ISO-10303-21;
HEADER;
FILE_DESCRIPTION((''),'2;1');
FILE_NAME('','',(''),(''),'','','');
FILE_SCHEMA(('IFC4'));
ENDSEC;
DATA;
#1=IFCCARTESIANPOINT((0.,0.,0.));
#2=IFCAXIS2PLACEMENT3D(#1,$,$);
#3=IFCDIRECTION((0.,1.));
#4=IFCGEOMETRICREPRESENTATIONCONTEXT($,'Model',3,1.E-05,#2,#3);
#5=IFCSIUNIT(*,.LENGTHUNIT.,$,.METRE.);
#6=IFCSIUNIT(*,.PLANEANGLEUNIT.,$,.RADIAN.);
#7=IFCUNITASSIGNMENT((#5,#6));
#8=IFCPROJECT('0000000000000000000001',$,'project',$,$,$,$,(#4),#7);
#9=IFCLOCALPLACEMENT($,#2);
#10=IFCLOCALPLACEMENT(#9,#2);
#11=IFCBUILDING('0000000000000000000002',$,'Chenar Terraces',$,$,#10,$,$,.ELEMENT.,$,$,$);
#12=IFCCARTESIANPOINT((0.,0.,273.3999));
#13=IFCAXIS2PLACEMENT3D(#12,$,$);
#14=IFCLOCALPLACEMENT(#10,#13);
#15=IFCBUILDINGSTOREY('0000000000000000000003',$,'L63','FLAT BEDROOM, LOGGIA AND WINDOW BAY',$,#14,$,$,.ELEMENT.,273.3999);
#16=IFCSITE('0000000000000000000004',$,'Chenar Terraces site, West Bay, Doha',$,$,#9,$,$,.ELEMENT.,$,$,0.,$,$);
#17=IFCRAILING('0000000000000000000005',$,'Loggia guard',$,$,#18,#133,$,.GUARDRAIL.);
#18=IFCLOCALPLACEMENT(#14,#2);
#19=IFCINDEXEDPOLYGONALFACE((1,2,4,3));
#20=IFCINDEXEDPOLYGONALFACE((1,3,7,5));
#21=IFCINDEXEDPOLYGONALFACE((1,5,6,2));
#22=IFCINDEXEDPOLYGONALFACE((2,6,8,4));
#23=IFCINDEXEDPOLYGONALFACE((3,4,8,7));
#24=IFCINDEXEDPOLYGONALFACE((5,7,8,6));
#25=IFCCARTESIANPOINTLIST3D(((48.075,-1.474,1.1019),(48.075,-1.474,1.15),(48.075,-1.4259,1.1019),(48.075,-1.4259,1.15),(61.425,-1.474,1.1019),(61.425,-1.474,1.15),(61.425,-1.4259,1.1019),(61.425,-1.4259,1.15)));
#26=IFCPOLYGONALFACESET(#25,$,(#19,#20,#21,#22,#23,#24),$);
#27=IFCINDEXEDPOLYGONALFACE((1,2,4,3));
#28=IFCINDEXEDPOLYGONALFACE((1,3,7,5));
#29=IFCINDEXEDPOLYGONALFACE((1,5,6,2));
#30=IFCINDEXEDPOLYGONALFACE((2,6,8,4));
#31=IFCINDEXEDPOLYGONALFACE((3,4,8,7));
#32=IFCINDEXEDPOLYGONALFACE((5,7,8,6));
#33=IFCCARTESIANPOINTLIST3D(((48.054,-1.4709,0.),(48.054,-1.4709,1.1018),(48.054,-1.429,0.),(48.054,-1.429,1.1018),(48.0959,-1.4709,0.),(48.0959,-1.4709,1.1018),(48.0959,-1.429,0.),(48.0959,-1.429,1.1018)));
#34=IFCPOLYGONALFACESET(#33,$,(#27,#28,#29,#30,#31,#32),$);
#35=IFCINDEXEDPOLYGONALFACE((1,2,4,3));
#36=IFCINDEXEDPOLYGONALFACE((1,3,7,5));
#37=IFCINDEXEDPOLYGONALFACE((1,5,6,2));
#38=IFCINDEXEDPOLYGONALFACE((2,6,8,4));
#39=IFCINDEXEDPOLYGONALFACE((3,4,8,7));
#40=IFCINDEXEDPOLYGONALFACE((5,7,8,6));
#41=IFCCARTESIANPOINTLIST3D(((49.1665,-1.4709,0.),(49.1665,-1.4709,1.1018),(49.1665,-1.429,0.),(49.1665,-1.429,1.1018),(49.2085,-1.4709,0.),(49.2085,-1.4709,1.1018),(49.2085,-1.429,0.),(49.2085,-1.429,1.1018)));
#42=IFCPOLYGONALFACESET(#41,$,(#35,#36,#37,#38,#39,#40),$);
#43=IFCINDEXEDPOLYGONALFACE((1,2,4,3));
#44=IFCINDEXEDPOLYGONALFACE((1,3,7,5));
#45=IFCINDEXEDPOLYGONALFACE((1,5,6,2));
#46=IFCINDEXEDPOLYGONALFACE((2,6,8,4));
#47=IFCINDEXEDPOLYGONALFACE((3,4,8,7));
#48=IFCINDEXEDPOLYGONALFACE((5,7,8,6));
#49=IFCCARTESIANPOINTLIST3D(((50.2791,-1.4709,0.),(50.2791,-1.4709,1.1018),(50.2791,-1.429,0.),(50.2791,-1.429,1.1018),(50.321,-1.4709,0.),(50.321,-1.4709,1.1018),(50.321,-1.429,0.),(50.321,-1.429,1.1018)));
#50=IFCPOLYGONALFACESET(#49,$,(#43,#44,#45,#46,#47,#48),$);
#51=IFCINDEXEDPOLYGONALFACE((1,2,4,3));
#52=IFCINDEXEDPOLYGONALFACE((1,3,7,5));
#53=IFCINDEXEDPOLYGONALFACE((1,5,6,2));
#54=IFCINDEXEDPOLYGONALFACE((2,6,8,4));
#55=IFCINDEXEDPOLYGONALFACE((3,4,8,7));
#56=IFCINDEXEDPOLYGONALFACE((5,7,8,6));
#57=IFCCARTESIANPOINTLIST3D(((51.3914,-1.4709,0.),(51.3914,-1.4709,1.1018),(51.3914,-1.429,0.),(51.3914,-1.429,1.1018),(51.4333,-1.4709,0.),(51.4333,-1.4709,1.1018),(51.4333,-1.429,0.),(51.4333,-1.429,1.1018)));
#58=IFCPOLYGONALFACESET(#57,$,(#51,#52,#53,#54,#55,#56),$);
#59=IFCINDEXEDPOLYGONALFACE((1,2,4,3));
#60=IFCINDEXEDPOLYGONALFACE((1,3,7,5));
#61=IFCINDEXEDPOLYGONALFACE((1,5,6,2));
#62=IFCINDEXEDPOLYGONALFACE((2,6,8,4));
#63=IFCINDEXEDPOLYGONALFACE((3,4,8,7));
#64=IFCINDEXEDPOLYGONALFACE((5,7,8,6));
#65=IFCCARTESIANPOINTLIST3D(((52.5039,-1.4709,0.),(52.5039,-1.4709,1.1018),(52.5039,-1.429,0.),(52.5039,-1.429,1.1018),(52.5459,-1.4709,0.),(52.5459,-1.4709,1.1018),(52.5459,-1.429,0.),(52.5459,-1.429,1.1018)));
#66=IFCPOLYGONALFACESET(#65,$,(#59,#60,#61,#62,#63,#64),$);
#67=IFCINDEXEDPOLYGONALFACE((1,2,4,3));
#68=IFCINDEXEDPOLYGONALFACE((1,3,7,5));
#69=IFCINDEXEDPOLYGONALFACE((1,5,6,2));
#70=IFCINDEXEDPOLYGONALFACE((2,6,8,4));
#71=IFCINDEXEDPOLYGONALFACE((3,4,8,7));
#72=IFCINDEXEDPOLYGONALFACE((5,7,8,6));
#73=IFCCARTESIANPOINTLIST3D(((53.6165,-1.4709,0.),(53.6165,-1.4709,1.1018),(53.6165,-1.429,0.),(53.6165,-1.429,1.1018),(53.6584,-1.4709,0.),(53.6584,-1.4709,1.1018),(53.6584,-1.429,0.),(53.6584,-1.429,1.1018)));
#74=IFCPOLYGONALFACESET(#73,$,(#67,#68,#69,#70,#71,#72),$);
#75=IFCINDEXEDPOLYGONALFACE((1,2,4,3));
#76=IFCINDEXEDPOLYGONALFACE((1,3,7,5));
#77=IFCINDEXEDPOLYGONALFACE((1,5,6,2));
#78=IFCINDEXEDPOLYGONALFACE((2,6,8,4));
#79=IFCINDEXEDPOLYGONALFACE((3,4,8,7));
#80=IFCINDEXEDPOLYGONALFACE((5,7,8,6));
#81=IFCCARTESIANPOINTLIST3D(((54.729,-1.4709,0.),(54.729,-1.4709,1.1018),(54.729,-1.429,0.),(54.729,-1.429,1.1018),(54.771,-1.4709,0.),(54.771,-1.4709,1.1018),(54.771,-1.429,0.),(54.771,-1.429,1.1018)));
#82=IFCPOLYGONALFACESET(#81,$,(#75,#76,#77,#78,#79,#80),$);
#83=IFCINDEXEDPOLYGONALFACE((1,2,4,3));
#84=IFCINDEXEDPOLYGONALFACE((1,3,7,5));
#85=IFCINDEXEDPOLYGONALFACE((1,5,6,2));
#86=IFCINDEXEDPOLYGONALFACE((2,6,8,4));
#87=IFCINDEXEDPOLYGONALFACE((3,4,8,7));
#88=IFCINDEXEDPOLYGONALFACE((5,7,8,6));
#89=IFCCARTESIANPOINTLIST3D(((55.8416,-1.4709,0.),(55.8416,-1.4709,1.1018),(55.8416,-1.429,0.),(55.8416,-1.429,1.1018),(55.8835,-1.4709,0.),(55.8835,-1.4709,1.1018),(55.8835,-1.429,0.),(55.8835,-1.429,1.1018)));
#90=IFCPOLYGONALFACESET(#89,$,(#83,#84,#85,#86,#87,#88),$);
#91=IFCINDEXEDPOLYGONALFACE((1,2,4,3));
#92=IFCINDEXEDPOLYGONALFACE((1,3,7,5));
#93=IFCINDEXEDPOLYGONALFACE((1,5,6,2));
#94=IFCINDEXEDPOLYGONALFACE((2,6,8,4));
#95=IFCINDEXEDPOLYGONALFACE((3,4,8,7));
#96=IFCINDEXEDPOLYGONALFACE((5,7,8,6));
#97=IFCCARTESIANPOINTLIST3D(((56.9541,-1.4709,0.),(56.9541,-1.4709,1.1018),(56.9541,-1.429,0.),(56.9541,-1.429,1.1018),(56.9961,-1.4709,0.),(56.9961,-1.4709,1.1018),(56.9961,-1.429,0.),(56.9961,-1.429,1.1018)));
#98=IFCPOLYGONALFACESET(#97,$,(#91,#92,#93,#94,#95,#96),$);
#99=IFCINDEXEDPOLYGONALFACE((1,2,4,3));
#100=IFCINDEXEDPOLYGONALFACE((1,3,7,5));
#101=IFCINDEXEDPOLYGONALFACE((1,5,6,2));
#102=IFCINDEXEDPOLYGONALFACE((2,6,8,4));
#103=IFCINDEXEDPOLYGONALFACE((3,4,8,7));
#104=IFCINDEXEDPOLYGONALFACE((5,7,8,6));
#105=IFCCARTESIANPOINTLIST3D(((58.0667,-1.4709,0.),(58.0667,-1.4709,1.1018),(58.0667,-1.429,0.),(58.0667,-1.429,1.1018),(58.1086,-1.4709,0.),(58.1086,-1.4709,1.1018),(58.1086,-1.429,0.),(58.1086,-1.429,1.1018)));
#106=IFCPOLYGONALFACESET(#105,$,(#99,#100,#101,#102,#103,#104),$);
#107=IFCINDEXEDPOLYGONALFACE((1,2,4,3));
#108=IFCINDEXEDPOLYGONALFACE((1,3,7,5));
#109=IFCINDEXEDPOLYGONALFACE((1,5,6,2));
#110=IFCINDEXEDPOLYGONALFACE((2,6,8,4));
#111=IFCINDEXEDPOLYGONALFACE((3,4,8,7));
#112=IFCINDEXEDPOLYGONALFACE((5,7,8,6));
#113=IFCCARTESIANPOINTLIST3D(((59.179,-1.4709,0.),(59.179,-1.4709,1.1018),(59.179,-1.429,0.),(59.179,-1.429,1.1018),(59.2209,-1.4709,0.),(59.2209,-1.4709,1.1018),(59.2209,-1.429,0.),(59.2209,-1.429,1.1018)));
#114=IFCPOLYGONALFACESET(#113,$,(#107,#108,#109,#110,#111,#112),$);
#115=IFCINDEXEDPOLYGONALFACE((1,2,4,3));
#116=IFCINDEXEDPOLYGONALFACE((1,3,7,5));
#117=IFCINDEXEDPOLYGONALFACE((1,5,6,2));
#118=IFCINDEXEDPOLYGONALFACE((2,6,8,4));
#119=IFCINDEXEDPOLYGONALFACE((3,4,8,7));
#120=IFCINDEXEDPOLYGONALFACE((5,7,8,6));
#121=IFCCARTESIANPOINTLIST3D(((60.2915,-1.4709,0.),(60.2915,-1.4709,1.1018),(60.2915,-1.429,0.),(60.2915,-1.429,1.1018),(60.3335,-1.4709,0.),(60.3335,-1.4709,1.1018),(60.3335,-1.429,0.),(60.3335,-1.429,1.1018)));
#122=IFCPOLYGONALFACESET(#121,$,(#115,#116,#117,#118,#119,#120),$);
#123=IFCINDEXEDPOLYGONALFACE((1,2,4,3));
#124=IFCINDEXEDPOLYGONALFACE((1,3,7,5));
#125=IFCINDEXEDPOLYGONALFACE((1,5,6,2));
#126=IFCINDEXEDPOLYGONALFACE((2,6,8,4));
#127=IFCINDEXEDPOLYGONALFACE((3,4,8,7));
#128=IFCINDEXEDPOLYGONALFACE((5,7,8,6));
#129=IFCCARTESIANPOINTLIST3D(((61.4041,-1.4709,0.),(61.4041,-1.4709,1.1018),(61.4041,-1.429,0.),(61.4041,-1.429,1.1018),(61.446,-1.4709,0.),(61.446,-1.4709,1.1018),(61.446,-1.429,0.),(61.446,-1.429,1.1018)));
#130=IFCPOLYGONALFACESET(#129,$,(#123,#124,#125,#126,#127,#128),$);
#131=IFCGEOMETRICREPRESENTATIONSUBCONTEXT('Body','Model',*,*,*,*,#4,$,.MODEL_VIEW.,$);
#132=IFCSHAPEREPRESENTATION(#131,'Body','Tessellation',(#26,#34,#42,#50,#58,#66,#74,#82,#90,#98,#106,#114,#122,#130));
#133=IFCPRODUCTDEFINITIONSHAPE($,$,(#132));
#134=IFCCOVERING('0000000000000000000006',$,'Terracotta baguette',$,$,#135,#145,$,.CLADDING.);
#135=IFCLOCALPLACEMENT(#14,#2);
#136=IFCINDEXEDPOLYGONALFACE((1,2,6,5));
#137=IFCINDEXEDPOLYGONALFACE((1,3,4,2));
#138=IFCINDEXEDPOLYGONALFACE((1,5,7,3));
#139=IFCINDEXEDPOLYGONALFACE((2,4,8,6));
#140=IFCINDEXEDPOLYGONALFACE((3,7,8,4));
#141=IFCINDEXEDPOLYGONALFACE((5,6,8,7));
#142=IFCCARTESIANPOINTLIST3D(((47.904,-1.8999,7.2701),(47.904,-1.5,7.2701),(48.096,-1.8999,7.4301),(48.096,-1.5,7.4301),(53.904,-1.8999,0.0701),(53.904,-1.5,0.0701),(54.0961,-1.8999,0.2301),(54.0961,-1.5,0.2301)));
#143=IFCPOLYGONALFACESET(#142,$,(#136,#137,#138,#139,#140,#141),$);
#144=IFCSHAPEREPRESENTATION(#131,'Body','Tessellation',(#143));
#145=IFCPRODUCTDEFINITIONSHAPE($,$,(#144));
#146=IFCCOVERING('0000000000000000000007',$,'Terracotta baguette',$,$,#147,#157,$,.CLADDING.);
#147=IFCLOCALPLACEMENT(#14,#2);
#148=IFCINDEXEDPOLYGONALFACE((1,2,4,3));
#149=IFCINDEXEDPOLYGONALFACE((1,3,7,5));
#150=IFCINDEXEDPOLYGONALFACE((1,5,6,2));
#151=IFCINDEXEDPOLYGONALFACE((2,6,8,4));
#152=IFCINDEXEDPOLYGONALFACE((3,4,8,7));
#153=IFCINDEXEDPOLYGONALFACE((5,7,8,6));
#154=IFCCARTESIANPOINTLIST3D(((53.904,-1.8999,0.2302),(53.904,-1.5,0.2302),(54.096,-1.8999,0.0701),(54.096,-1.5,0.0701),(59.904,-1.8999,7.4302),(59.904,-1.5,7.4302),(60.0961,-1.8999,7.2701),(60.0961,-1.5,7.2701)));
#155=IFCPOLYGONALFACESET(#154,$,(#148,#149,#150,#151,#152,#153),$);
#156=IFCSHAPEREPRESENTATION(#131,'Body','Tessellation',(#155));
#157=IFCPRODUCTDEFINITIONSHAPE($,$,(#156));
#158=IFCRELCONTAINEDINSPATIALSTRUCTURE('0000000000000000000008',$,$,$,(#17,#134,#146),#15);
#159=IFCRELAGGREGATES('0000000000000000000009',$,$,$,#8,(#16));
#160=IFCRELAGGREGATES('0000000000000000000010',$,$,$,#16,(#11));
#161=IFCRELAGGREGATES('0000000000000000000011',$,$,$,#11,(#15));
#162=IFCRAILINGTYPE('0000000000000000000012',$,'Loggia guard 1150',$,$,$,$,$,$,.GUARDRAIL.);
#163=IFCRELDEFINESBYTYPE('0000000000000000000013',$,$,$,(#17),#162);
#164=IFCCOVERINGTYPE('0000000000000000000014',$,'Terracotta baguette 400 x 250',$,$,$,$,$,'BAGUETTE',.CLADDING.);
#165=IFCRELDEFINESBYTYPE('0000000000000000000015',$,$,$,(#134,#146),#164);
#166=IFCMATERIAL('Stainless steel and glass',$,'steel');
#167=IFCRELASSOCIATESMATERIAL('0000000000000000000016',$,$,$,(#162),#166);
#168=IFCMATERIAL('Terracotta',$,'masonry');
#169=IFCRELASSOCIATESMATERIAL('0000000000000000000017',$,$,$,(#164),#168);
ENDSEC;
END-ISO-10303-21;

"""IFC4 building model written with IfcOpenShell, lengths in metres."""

from ifc_helpers import new_model, si_unit, direction, frame, origin, origin_2d, place, context, subcontext, project, spatial, rectangle, extrude, material, material_profile, profile_set, type_object, element, save


model = new_model("IFC4")

# Units and contexts
model_context = context("Model", 3, precision=1e-05, world=origin(), true_north=direction((0.0, 1.0)))
body_context = subcontext(model_context, "Body", "Model", "MODEL_VIEW")
ifc_project = project(units=[si_unit("LENGTHUNIT", "METRE"), si_unit("PLANEANGLEUNIT", "RADIAN")], contexts=[model_context])

# Site, building, storey
site_placement = place(None, origin())
site = spatial("IfcSite", under=ifc_project, at=site_placement, Name="Chenar Terraces site, West Bay, Doha", CompositionType="ELEMENT", RefElevation=0.0)
building_placement = place(site_placement, origin())
building = spatial("IfcBuilding", under=site, at=building_placement, Name="Chenar Terraces", CompositionType="ELEMENT")
storey_placement = place(building_placement, frame((0.0, 0.0, 273.3999)))
storey = spatial("IfcBuildingStorey", under=building, at=storey_placement, Name="L63", Description="FLAT BEDROOM, LOGGIA AND WINDOW BAY", CompositionType="ELEMENT", Elevation=273.3999)

# Railing
ifc_material_1 = material(Name="Stainless steel and glass", Category="steel")
railing_type = type_object("IfcRailingType", Name="Loggia guard 1150", PredefinedType="GUARDRAIL", material=ifc_material_1)
railing_placement = place(storey_placement, frame((48.075, -1.45, 0.0)))
element("IfcRailing", 1, at=railing_placement, inside=storey, type_object=railing_type, Name="Loggia guard", PredefinedType="GUARDRAIL", context=body_context, shape_type="SweptSolid", body=[
    extrude(rectangle(XDim=0.0481, YDim=0.0481, at=origin_2d()), frame((0.0, 0.0, 1.126), z_axis=(1.0, 0.0, 0.0), x_axis=(0.0, 1.0, 0.0)), (0.0, 0.0, 1.0), 13.3501),
    extrude(rectangle(XDim=0.042, YDim=0.042, at=origin_2d()), origin(), (0.0, 0.0, 1.0), 1.1018),
    extrude(rectangle(XDim=0.042, YDim=0.042, at=origin_2d()), frame((1.1125, 0.0, 0.0)), (0.0, 0.0, 1.0), 1.1018),
    extrude(rectangle(XDim=0.042, YDim=0.042, at=origin_2d()), frame((2.2251, 0.0, 0.0)), (0.0, 0.0, 1.0), 1.1018),
    extrude(rectangle(XDim=0.042, YDim=0.042, at=origin_2d()), frame((3.3374, 0.0, 0.0)), (0.0, 0.0, 1.0), 1.1018),
    extrude(rectangle(XDim=0.042, YDim=0.042, at=origin_2d()), frame((4.45, 0.0, 0.0)), (0.0, 0.0, 1.0), 1.1018),
    extrude(rectangle(XDim=0.042, YDim=0.042, at=origin_2d()), frame((5.5625, 0.0, 0.0)), (0.0, 0.0, 1.0), 1.1018),
    extrude(rectangle(XDim=0.042, YDim=0.042, at=origin_2d()), frame((6.675, 0.0, 0.0)), (0.0, 0.0, 1.0), 1.1018),
    extrude(rectangle(XDim=0.042, YDim=0.042, at=origin_2d()), frame((7.7876, 0.0, 0.0)), (0.0, 0.0, 1.0), 1.1018),
    extrude(rectangle(XDim=0.042, YDim=0.042, at=origin_2d()), frame((8.9001, 0.0, 0.0)), (0.0, 0.0, 1.0), 1.1018),
    extrude(rectangle(XDim=0.042, YDim=0.042, at=origin_2d()), frame((10.0127, 0.0, 0.0)), (0.0, 0.0, 1.0), 1.1018),
    extrude(rectangle(XDim=0.042, YDim=0.042, at=origin_2d()), frame((11.125, 0.0, 0.0)), (0.0, 0.0, 1.0), 1.1018),
    extrude(rectangle(XDim=0.042, YDim=0.042, at=origin_2d()), frame((12.2375, 0.0, 0.0)), (0.0, 0.0, 1.0), 1.1018),
    extrude(rectangle(XDim=0.042, YDim=0.042, at=origin_2d()), frame((13.3501, 0.0, 0.0)), (0.0, 0.0, 1.0), 1.1018),
])

# Coverings
ifc_material_2 = material(Name="Terracotta", Category="masonry")
ifc_material_profile_1 = material_profile(ifc_material_2, rectangle(XDim=0.3999, YDim=0.25, at=origin_2d()), Name="Terracotta baguette 400 x 250")
ifc_profile_set_1 = profile_set([ifc_material_profile_1], Name="Terracotta")
covering_type = type_object("IfcCoveringType", Name="Terracotta baguette 400 x 250", ElementType="BAGUETTE", PredefinedType="CLADDING", material=ifc_profile_set_1)
for number, where, z_axis, x_axis, name in (
    (2, (48.0, -1.7, 7.3501), (0.640187, 0.0, -0.768219), (0.0, 1.0, 0.0), "Terracotta baguette"),
    (3, (54.0, -1.7, 0.1501), (0.640187, 0.0, 0.768219), (0.0, 1.0, 0.0), "Terracotta baguette"),
):
    element("IfcCovering", number, at=place(storey_placement, frame(where, z_axis=z_axis, x_axis=x_axis)), inside=storey, type_object=covering_type, Name=name, PredefinedType="CLADDING", context=body_context, shape_type="SweptSolid", body=[
        extrude(rectangle(XDim=0.3999, YDim=0.25, at=origin_2d()), origin(), (0.0, 0.0, 1.0), 9.3723),
    ])

save(model, "model.ifc")
